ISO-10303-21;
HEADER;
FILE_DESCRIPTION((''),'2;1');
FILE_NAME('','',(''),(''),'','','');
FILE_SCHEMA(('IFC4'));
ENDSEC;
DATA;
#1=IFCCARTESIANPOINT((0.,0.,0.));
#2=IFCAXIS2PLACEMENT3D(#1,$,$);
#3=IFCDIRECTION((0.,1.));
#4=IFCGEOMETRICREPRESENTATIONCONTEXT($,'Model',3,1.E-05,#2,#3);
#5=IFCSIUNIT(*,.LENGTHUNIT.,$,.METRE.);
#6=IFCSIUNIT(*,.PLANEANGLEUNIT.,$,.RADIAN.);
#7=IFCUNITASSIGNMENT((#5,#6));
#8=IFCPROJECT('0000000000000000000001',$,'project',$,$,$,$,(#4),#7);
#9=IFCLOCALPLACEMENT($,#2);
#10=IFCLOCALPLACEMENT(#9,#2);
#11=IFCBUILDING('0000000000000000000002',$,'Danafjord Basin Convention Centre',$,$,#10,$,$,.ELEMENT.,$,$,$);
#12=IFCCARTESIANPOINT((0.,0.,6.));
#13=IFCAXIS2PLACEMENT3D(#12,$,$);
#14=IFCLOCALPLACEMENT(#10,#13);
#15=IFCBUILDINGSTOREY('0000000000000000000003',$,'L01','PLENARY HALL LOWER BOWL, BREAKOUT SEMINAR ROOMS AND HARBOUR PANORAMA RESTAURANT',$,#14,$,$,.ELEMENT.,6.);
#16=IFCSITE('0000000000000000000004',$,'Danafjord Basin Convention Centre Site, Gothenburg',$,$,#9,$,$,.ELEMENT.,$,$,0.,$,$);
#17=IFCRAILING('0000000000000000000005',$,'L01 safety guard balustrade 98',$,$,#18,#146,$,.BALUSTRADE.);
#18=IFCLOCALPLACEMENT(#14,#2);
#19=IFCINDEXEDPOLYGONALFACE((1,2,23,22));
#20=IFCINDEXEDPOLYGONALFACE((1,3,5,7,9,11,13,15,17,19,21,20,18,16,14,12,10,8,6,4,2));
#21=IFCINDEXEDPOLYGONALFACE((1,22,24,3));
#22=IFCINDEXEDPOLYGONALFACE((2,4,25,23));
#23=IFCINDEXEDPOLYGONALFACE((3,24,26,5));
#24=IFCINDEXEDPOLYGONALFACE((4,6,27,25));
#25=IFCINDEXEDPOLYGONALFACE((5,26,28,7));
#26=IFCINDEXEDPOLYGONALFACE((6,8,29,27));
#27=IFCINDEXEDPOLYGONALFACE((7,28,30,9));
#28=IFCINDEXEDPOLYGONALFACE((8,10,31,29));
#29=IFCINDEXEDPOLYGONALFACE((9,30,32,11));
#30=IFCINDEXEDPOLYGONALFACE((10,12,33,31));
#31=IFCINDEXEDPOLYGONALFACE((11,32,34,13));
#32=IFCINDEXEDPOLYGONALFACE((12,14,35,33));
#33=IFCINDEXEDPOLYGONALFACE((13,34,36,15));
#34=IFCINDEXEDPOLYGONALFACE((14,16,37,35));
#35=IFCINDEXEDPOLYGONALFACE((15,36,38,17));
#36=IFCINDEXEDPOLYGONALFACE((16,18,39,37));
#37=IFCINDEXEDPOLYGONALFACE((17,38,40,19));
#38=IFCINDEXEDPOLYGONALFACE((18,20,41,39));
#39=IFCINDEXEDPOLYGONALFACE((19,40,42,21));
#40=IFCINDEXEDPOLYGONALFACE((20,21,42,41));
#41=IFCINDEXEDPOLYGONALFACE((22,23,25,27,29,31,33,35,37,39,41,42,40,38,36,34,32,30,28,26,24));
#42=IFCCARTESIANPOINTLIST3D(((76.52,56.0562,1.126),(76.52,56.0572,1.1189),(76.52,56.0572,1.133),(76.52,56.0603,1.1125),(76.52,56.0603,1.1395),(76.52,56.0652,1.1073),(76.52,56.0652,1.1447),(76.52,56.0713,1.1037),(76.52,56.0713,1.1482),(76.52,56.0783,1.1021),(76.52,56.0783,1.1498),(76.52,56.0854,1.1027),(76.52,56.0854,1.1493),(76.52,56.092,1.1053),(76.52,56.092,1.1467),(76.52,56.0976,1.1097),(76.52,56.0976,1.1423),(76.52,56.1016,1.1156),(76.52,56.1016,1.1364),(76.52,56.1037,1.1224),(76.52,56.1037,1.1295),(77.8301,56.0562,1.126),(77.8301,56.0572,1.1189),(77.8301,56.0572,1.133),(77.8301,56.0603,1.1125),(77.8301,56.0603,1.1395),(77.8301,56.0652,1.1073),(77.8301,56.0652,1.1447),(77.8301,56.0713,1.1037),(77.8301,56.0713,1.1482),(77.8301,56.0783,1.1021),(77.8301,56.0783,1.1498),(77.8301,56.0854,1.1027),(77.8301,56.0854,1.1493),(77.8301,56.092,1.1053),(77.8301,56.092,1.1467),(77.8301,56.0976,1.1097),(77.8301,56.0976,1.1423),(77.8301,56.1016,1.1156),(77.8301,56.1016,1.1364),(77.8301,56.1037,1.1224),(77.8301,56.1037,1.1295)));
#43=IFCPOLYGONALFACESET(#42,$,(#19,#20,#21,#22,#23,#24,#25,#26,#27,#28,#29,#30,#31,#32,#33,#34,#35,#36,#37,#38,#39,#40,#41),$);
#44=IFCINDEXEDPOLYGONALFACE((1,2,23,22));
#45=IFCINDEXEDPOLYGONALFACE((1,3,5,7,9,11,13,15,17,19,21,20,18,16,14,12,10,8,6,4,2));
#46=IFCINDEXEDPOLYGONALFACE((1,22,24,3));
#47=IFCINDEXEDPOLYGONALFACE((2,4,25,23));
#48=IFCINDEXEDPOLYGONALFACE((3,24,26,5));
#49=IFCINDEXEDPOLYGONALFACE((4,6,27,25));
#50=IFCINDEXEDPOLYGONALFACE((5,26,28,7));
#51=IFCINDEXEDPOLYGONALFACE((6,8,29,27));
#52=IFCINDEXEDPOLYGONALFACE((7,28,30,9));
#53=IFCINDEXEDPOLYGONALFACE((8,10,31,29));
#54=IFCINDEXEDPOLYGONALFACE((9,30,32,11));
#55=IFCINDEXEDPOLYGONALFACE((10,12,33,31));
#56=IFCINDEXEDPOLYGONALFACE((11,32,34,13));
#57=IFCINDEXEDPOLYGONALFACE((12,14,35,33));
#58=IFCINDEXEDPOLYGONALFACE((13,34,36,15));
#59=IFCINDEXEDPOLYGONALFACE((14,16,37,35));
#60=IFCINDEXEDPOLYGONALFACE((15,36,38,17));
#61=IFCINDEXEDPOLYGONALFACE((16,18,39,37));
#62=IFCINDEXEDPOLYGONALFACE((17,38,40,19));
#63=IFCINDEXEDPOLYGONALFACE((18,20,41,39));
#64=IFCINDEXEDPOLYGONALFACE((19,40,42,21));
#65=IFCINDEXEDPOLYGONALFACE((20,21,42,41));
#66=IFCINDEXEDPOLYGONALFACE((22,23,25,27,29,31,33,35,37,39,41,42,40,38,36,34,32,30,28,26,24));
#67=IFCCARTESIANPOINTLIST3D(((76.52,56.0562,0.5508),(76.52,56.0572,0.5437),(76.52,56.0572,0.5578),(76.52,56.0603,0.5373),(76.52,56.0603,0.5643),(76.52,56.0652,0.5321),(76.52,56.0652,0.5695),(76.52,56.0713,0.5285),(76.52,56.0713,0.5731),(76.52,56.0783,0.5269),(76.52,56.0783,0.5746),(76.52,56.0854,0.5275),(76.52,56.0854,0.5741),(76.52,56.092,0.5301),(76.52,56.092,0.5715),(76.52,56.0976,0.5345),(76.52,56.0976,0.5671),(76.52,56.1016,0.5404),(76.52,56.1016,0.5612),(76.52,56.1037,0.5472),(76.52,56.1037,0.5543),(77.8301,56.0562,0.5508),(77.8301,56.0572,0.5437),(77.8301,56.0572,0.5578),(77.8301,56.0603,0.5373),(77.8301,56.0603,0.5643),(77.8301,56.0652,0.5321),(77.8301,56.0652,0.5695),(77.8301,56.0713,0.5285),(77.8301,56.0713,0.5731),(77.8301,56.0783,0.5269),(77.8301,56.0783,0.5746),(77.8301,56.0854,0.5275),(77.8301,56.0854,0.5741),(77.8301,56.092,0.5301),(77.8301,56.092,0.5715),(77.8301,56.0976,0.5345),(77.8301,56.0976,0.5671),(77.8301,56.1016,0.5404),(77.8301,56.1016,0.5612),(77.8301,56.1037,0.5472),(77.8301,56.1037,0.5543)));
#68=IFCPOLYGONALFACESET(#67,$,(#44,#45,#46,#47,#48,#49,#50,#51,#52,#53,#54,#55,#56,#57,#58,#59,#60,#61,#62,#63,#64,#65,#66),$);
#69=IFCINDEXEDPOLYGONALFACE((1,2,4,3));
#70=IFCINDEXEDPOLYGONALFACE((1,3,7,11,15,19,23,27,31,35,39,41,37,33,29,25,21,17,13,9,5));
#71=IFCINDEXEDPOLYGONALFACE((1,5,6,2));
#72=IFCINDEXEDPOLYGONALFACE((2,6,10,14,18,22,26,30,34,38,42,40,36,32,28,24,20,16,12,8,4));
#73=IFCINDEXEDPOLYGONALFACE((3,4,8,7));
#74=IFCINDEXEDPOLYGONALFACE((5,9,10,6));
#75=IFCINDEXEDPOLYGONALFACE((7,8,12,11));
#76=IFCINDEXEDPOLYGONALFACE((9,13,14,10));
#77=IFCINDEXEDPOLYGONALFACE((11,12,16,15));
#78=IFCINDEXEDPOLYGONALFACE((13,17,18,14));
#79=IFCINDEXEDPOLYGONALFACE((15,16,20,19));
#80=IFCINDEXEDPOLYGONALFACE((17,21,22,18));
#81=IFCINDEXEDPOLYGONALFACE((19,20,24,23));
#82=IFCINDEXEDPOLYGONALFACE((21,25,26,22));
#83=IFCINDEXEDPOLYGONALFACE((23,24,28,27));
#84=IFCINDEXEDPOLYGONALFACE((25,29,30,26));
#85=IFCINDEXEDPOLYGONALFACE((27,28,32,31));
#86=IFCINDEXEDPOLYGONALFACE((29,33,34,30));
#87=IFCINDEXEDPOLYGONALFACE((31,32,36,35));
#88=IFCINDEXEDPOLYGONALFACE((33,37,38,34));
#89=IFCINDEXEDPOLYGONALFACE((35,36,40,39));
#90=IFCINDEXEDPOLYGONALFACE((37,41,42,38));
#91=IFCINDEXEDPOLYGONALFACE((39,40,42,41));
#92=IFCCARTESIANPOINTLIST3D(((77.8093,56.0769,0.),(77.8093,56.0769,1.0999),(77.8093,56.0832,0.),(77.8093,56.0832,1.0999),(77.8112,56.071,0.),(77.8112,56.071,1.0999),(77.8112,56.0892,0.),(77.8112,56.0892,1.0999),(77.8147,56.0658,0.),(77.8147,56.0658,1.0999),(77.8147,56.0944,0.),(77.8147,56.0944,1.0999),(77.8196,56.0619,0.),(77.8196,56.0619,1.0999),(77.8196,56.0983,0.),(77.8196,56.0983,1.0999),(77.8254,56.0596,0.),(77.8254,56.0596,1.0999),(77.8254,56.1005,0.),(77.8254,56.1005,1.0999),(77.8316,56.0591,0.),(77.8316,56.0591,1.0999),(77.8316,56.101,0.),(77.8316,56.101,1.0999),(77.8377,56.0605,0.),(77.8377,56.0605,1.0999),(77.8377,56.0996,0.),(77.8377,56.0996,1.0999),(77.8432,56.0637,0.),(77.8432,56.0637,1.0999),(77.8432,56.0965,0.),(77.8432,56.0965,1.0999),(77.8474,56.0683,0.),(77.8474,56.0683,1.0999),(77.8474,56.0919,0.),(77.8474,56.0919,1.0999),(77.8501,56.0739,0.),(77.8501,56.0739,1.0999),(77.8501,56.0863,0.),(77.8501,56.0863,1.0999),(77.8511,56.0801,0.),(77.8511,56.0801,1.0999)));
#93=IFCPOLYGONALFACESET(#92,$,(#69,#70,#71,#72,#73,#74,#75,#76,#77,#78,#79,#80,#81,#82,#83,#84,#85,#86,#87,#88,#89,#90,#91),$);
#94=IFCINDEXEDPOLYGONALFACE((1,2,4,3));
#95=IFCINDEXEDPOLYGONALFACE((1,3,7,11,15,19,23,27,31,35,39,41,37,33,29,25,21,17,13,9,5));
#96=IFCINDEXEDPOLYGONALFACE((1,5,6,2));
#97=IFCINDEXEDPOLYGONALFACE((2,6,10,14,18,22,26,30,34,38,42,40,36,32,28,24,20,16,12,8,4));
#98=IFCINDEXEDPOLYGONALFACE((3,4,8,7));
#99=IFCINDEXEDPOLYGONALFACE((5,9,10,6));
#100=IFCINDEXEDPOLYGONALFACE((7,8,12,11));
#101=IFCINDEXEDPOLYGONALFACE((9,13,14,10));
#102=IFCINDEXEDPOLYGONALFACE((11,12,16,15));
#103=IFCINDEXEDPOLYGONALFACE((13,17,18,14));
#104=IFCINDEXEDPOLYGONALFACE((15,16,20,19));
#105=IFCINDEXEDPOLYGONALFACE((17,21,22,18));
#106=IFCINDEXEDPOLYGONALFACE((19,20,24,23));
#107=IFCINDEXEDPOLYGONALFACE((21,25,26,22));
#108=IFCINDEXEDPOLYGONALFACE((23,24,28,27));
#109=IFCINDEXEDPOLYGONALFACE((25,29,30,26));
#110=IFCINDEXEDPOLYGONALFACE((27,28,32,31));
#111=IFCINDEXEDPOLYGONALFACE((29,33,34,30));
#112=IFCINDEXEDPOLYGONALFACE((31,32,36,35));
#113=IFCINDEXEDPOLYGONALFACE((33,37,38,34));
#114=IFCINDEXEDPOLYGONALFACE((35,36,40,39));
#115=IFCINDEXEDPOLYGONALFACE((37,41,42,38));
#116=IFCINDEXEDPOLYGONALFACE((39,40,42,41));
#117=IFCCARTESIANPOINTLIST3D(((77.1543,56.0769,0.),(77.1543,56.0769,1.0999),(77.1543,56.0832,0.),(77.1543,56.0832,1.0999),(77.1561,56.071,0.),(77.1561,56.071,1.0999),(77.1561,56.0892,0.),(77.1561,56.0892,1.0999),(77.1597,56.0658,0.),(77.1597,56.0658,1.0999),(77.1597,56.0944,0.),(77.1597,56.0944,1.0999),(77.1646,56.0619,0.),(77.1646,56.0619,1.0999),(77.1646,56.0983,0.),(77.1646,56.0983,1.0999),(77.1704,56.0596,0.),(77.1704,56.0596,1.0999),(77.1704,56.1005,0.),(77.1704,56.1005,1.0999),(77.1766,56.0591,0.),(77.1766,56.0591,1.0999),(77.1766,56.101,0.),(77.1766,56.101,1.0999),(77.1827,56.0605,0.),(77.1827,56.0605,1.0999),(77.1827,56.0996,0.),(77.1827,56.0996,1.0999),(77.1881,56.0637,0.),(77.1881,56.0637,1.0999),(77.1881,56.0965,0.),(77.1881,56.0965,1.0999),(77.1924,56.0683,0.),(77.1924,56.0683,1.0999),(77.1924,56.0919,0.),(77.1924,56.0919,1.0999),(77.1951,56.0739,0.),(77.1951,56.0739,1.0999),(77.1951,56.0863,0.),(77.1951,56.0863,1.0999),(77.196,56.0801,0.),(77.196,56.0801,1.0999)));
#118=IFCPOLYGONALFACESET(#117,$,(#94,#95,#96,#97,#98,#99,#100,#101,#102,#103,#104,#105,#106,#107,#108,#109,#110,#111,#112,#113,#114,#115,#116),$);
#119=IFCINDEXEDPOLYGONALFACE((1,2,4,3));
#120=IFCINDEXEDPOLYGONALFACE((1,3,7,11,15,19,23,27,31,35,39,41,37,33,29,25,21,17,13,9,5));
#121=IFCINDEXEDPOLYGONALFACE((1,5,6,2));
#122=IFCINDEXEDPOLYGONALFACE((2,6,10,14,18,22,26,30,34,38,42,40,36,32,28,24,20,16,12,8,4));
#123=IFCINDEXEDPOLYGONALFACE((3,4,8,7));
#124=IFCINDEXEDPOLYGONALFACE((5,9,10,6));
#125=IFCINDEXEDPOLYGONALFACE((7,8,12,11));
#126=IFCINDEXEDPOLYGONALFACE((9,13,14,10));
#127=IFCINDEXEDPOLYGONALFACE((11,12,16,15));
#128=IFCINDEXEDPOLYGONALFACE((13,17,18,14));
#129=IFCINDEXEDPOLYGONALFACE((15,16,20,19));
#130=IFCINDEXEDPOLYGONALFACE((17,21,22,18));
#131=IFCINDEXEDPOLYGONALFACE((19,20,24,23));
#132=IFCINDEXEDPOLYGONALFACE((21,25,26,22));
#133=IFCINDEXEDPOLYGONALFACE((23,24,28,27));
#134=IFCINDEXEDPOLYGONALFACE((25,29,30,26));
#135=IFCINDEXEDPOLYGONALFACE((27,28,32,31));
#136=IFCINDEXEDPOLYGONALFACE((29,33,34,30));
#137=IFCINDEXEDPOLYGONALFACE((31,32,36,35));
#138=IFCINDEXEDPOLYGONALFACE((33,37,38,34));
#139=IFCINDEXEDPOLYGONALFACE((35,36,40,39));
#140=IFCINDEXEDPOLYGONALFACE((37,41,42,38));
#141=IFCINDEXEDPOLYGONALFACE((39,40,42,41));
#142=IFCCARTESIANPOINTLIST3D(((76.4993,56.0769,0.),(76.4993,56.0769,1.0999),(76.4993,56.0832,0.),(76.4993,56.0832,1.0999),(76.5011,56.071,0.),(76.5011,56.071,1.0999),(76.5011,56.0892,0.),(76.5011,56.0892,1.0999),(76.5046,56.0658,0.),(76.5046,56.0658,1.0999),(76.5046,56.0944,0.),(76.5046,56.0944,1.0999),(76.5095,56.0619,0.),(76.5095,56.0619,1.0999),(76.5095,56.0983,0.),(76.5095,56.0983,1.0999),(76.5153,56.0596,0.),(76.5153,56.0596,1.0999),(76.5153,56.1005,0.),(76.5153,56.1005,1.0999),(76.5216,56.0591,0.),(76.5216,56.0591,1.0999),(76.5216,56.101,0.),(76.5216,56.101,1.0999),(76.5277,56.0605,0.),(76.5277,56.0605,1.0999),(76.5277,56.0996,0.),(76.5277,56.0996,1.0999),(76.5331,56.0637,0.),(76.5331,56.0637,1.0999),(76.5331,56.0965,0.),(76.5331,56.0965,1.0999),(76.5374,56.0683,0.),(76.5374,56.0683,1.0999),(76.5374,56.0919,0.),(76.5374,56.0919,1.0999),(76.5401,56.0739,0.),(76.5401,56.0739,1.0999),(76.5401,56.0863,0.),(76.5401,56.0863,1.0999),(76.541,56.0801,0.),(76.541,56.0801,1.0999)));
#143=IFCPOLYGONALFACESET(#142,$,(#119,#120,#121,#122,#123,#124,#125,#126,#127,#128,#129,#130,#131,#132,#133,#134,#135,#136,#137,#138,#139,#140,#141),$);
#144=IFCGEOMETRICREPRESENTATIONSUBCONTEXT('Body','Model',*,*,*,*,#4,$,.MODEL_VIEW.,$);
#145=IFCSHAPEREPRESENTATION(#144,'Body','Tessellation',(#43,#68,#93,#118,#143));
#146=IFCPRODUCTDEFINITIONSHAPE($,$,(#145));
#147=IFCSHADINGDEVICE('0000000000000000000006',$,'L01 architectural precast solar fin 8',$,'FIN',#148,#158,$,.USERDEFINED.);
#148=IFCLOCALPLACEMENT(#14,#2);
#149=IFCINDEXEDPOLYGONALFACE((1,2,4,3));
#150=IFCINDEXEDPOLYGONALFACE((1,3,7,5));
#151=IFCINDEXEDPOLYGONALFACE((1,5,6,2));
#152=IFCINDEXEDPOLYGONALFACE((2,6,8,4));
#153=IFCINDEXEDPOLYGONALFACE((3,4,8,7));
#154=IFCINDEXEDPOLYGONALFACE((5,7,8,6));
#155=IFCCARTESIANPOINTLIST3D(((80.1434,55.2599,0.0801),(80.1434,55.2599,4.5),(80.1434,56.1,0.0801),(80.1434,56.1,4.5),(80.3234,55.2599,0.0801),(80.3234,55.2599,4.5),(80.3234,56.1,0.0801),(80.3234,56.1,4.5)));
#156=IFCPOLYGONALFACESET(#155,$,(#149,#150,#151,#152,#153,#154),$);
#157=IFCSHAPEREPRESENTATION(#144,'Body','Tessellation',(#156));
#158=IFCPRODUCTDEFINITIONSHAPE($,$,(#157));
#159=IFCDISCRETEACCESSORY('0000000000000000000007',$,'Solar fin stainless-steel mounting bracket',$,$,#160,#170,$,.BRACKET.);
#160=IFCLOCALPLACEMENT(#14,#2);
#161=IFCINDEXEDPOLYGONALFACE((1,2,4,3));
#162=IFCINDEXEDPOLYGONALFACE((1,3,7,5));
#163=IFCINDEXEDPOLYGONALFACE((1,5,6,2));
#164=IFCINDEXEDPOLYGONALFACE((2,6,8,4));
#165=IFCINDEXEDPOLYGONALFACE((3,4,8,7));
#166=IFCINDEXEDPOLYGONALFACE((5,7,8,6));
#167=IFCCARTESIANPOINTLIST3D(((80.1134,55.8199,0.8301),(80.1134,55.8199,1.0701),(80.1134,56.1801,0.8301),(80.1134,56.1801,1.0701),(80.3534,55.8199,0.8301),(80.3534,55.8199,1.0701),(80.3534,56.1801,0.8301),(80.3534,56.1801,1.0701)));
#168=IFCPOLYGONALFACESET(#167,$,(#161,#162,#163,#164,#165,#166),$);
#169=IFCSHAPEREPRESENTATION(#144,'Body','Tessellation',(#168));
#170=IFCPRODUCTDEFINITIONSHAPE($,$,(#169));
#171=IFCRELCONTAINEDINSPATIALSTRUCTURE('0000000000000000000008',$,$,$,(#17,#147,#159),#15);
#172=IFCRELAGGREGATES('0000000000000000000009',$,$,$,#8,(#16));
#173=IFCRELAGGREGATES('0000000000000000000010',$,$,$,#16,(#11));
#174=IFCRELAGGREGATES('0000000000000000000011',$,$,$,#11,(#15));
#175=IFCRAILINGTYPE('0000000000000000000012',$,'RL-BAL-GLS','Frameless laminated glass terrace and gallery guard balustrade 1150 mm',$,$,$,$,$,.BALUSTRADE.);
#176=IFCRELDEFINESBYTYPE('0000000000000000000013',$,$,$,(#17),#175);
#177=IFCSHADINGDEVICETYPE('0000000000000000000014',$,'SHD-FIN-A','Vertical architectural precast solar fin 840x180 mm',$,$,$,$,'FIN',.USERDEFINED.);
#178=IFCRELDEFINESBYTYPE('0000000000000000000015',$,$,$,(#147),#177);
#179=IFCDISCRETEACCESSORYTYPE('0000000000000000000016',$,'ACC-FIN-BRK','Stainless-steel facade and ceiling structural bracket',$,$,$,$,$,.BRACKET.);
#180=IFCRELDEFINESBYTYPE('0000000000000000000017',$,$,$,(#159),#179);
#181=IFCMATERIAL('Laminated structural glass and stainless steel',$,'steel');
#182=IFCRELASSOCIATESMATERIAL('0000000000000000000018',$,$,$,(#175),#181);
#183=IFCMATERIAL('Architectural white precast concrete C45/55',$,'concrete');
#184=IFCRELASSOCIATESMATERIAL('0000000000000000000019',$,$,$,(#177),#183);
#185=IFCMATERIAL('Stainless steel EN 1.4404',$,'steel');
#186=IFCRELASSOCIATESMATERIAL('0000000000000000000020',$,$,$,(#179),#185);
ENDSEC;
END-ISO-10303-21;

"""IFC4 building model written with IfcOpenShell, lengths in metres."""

from ifc_helpers import new_model, si_unit, direction, frame, origin, origin_2d, place, context, subcontext, project, spatial, rectangle, circle, extrude, material, type_object, element, save


model = new_model("IFC4")

# Units and contexts
model_context = context("Model", 3, precision=1e-05, world=origin(), true_north=direction((0.0, 1.0)))
body_context = subcontext(model_context, "Body", "Model", "MODEL_VIEW")
ifc_project = project(units=[si_unit("LENGTHUNIT", "METRE"), si_unit("PLANEANGLEUNIT", "RADIAN")], contexts=[model_context])

# Site, building, storey
site_placement = place(None, origin())
site = spatial("IfcSite", under=ifc_project, at=site_placement, Name="Danafjord Basin Convention Centre Site, Gothenburg", CompositionType="ELEMENT", RefElevation=0.0)
building_placement = place(site_placement, origin())
building = spatial("IfcBuilding", under=site, at=building_placement, Name="Danafjord Basin Convention Centre", CompositionType="ELEMENT")
storey_placement = place(building_placement, frame((0.0, 0.0, 6.0)))
storey = spatial("IfcBuildingStorey", under=building, at=storey_placement, Name="L01", Description="PLENARY HALL LOWER BOWL, BREAKOUT SEMINAR ROOMS AND HARBOUR PANORAMA RESTAURANT", CompositionType="ELEMENT", Elevation=6.0)

# Railing
ifc_material_1 = material(Name="Laminated structural glass and stainless steel", Category="steel")
railing_type = type_object("IfcRailingType", Name="RL-BAL-GLS", Description="Frameless laminated glass terrace and gallery guard balustrade 1150 mm", PredefinedType="BALUSTRADE", material=ifc_material_1)
railing_1_placement = place(storey_placement, frame((77.8301, 56.0801, 0.0)))
element("IfcRailing", 1, at=railing_1_placement, inside=storey, type_object=railing_type, Name="L01 safety guard balustrade 98", PredefinedType="BALUSTRADE", context=body_context, shape_type="SweptSolid", body=[
    extrude(circle(Radius=0.0239, at=origin_2d()), frame((0.0, 0.0, 1.126), z_axis=(-1.0, 0.0, 0.0), x_axis=(0.0, -1.0, 0.0)), (0.0, 0.0, 1.0), 1.3101),
    extrude(circle(Radius=0.0239, at=origin_2d()), frame((0.0, 0.0, 0.5508), z_axis=(-1.0, 0.0, 0.0), x_axis=(0.0, -1.0, 0.0)), (0.0, 0.0, 1.0), 1.3101),
    extrude(circle(Radius=0.021, at=origin_2d()), origin(), (0.0, 0.0, 1.0), 1.0999),
    extrude(circle(Radius=0.021, at=origin_2d()), frame((-0.655, 0.0, 0.0)), (0.0, 0.0, 1.0), 1.0999),
    extrude(circle(Radius=0.021, at=origin_2d()), frame((-1.3101, 0.0, 0.0)), (0.0, 0.0, 1.0), 1.0999),
])

# Shading device
ifc_material_2 = material(Name="Architectural white precast concrete C45/55", Category="concrete")
shading_device_type = type_object("IfcShadingDeviceType", Name="SHD-FIN-A", Description="Vertical architectural precast solar fin 840x180 mm", ElementType="FIN", PredefinedType="USERDEFINED", material=ifc_material_2)
shading_device_placement = place(storey_placement, frame((80.2334, 55.6799, 0.0801), z_axis=(0.0, 0.0, 1.0), x_axis=(1.0, 0.0, 0.0)))
element("IfcShadingDevice", 2, at=shading_device_placement, inside=storey, type_object=shading_device_type, Name="L01 architectural precast solar fin 8", ObjectType="FIN", PredefinedType="USERDEFINED", context=body_context, shape_type="SweptSolid", body=[
    extrude(rectangle(XDim=0.1799, YDim=0.8401, at=origin_2d()), origin(), (0.0, 0.0, 1.0), 4.4199),
])

# Discrete accessory
ifc_material_3 = material(Name="Stainless steel EN 1.4404", Category="steel")
discrete_accessory_type = type_object("IfcDiscreteAccessoryType", Name="ACC-FIN-BRK", Description="Stainless-steel facade and ceiling structural bracket", PredefinedType="BRACKET", material=ifc_material_3)
discrete_accessory_placement = place(storey_placement, frame((80.2334, 56.0, 0.8301), z_axis=(0.0, 0.0, 1.0), x_axis=(1.0, 0.0, 0.0)))
element("IfcDiscreteAccessory", 3, at=discrete_accessory_placement, inside=storey, type_object=discrete_accessory_type, Name="Solar fin stainless-steel mounting bracket", PredefinedType="BRACKET", context=body_context, shape_type="SweptSolid", body=[
    extrude(rectangle(XDim=0.24, YDim=0.3601, at=origin_2d()), origin(), (0.0, 0.0, 1.0), 0.24),
])

save(model, "model.ifc")
